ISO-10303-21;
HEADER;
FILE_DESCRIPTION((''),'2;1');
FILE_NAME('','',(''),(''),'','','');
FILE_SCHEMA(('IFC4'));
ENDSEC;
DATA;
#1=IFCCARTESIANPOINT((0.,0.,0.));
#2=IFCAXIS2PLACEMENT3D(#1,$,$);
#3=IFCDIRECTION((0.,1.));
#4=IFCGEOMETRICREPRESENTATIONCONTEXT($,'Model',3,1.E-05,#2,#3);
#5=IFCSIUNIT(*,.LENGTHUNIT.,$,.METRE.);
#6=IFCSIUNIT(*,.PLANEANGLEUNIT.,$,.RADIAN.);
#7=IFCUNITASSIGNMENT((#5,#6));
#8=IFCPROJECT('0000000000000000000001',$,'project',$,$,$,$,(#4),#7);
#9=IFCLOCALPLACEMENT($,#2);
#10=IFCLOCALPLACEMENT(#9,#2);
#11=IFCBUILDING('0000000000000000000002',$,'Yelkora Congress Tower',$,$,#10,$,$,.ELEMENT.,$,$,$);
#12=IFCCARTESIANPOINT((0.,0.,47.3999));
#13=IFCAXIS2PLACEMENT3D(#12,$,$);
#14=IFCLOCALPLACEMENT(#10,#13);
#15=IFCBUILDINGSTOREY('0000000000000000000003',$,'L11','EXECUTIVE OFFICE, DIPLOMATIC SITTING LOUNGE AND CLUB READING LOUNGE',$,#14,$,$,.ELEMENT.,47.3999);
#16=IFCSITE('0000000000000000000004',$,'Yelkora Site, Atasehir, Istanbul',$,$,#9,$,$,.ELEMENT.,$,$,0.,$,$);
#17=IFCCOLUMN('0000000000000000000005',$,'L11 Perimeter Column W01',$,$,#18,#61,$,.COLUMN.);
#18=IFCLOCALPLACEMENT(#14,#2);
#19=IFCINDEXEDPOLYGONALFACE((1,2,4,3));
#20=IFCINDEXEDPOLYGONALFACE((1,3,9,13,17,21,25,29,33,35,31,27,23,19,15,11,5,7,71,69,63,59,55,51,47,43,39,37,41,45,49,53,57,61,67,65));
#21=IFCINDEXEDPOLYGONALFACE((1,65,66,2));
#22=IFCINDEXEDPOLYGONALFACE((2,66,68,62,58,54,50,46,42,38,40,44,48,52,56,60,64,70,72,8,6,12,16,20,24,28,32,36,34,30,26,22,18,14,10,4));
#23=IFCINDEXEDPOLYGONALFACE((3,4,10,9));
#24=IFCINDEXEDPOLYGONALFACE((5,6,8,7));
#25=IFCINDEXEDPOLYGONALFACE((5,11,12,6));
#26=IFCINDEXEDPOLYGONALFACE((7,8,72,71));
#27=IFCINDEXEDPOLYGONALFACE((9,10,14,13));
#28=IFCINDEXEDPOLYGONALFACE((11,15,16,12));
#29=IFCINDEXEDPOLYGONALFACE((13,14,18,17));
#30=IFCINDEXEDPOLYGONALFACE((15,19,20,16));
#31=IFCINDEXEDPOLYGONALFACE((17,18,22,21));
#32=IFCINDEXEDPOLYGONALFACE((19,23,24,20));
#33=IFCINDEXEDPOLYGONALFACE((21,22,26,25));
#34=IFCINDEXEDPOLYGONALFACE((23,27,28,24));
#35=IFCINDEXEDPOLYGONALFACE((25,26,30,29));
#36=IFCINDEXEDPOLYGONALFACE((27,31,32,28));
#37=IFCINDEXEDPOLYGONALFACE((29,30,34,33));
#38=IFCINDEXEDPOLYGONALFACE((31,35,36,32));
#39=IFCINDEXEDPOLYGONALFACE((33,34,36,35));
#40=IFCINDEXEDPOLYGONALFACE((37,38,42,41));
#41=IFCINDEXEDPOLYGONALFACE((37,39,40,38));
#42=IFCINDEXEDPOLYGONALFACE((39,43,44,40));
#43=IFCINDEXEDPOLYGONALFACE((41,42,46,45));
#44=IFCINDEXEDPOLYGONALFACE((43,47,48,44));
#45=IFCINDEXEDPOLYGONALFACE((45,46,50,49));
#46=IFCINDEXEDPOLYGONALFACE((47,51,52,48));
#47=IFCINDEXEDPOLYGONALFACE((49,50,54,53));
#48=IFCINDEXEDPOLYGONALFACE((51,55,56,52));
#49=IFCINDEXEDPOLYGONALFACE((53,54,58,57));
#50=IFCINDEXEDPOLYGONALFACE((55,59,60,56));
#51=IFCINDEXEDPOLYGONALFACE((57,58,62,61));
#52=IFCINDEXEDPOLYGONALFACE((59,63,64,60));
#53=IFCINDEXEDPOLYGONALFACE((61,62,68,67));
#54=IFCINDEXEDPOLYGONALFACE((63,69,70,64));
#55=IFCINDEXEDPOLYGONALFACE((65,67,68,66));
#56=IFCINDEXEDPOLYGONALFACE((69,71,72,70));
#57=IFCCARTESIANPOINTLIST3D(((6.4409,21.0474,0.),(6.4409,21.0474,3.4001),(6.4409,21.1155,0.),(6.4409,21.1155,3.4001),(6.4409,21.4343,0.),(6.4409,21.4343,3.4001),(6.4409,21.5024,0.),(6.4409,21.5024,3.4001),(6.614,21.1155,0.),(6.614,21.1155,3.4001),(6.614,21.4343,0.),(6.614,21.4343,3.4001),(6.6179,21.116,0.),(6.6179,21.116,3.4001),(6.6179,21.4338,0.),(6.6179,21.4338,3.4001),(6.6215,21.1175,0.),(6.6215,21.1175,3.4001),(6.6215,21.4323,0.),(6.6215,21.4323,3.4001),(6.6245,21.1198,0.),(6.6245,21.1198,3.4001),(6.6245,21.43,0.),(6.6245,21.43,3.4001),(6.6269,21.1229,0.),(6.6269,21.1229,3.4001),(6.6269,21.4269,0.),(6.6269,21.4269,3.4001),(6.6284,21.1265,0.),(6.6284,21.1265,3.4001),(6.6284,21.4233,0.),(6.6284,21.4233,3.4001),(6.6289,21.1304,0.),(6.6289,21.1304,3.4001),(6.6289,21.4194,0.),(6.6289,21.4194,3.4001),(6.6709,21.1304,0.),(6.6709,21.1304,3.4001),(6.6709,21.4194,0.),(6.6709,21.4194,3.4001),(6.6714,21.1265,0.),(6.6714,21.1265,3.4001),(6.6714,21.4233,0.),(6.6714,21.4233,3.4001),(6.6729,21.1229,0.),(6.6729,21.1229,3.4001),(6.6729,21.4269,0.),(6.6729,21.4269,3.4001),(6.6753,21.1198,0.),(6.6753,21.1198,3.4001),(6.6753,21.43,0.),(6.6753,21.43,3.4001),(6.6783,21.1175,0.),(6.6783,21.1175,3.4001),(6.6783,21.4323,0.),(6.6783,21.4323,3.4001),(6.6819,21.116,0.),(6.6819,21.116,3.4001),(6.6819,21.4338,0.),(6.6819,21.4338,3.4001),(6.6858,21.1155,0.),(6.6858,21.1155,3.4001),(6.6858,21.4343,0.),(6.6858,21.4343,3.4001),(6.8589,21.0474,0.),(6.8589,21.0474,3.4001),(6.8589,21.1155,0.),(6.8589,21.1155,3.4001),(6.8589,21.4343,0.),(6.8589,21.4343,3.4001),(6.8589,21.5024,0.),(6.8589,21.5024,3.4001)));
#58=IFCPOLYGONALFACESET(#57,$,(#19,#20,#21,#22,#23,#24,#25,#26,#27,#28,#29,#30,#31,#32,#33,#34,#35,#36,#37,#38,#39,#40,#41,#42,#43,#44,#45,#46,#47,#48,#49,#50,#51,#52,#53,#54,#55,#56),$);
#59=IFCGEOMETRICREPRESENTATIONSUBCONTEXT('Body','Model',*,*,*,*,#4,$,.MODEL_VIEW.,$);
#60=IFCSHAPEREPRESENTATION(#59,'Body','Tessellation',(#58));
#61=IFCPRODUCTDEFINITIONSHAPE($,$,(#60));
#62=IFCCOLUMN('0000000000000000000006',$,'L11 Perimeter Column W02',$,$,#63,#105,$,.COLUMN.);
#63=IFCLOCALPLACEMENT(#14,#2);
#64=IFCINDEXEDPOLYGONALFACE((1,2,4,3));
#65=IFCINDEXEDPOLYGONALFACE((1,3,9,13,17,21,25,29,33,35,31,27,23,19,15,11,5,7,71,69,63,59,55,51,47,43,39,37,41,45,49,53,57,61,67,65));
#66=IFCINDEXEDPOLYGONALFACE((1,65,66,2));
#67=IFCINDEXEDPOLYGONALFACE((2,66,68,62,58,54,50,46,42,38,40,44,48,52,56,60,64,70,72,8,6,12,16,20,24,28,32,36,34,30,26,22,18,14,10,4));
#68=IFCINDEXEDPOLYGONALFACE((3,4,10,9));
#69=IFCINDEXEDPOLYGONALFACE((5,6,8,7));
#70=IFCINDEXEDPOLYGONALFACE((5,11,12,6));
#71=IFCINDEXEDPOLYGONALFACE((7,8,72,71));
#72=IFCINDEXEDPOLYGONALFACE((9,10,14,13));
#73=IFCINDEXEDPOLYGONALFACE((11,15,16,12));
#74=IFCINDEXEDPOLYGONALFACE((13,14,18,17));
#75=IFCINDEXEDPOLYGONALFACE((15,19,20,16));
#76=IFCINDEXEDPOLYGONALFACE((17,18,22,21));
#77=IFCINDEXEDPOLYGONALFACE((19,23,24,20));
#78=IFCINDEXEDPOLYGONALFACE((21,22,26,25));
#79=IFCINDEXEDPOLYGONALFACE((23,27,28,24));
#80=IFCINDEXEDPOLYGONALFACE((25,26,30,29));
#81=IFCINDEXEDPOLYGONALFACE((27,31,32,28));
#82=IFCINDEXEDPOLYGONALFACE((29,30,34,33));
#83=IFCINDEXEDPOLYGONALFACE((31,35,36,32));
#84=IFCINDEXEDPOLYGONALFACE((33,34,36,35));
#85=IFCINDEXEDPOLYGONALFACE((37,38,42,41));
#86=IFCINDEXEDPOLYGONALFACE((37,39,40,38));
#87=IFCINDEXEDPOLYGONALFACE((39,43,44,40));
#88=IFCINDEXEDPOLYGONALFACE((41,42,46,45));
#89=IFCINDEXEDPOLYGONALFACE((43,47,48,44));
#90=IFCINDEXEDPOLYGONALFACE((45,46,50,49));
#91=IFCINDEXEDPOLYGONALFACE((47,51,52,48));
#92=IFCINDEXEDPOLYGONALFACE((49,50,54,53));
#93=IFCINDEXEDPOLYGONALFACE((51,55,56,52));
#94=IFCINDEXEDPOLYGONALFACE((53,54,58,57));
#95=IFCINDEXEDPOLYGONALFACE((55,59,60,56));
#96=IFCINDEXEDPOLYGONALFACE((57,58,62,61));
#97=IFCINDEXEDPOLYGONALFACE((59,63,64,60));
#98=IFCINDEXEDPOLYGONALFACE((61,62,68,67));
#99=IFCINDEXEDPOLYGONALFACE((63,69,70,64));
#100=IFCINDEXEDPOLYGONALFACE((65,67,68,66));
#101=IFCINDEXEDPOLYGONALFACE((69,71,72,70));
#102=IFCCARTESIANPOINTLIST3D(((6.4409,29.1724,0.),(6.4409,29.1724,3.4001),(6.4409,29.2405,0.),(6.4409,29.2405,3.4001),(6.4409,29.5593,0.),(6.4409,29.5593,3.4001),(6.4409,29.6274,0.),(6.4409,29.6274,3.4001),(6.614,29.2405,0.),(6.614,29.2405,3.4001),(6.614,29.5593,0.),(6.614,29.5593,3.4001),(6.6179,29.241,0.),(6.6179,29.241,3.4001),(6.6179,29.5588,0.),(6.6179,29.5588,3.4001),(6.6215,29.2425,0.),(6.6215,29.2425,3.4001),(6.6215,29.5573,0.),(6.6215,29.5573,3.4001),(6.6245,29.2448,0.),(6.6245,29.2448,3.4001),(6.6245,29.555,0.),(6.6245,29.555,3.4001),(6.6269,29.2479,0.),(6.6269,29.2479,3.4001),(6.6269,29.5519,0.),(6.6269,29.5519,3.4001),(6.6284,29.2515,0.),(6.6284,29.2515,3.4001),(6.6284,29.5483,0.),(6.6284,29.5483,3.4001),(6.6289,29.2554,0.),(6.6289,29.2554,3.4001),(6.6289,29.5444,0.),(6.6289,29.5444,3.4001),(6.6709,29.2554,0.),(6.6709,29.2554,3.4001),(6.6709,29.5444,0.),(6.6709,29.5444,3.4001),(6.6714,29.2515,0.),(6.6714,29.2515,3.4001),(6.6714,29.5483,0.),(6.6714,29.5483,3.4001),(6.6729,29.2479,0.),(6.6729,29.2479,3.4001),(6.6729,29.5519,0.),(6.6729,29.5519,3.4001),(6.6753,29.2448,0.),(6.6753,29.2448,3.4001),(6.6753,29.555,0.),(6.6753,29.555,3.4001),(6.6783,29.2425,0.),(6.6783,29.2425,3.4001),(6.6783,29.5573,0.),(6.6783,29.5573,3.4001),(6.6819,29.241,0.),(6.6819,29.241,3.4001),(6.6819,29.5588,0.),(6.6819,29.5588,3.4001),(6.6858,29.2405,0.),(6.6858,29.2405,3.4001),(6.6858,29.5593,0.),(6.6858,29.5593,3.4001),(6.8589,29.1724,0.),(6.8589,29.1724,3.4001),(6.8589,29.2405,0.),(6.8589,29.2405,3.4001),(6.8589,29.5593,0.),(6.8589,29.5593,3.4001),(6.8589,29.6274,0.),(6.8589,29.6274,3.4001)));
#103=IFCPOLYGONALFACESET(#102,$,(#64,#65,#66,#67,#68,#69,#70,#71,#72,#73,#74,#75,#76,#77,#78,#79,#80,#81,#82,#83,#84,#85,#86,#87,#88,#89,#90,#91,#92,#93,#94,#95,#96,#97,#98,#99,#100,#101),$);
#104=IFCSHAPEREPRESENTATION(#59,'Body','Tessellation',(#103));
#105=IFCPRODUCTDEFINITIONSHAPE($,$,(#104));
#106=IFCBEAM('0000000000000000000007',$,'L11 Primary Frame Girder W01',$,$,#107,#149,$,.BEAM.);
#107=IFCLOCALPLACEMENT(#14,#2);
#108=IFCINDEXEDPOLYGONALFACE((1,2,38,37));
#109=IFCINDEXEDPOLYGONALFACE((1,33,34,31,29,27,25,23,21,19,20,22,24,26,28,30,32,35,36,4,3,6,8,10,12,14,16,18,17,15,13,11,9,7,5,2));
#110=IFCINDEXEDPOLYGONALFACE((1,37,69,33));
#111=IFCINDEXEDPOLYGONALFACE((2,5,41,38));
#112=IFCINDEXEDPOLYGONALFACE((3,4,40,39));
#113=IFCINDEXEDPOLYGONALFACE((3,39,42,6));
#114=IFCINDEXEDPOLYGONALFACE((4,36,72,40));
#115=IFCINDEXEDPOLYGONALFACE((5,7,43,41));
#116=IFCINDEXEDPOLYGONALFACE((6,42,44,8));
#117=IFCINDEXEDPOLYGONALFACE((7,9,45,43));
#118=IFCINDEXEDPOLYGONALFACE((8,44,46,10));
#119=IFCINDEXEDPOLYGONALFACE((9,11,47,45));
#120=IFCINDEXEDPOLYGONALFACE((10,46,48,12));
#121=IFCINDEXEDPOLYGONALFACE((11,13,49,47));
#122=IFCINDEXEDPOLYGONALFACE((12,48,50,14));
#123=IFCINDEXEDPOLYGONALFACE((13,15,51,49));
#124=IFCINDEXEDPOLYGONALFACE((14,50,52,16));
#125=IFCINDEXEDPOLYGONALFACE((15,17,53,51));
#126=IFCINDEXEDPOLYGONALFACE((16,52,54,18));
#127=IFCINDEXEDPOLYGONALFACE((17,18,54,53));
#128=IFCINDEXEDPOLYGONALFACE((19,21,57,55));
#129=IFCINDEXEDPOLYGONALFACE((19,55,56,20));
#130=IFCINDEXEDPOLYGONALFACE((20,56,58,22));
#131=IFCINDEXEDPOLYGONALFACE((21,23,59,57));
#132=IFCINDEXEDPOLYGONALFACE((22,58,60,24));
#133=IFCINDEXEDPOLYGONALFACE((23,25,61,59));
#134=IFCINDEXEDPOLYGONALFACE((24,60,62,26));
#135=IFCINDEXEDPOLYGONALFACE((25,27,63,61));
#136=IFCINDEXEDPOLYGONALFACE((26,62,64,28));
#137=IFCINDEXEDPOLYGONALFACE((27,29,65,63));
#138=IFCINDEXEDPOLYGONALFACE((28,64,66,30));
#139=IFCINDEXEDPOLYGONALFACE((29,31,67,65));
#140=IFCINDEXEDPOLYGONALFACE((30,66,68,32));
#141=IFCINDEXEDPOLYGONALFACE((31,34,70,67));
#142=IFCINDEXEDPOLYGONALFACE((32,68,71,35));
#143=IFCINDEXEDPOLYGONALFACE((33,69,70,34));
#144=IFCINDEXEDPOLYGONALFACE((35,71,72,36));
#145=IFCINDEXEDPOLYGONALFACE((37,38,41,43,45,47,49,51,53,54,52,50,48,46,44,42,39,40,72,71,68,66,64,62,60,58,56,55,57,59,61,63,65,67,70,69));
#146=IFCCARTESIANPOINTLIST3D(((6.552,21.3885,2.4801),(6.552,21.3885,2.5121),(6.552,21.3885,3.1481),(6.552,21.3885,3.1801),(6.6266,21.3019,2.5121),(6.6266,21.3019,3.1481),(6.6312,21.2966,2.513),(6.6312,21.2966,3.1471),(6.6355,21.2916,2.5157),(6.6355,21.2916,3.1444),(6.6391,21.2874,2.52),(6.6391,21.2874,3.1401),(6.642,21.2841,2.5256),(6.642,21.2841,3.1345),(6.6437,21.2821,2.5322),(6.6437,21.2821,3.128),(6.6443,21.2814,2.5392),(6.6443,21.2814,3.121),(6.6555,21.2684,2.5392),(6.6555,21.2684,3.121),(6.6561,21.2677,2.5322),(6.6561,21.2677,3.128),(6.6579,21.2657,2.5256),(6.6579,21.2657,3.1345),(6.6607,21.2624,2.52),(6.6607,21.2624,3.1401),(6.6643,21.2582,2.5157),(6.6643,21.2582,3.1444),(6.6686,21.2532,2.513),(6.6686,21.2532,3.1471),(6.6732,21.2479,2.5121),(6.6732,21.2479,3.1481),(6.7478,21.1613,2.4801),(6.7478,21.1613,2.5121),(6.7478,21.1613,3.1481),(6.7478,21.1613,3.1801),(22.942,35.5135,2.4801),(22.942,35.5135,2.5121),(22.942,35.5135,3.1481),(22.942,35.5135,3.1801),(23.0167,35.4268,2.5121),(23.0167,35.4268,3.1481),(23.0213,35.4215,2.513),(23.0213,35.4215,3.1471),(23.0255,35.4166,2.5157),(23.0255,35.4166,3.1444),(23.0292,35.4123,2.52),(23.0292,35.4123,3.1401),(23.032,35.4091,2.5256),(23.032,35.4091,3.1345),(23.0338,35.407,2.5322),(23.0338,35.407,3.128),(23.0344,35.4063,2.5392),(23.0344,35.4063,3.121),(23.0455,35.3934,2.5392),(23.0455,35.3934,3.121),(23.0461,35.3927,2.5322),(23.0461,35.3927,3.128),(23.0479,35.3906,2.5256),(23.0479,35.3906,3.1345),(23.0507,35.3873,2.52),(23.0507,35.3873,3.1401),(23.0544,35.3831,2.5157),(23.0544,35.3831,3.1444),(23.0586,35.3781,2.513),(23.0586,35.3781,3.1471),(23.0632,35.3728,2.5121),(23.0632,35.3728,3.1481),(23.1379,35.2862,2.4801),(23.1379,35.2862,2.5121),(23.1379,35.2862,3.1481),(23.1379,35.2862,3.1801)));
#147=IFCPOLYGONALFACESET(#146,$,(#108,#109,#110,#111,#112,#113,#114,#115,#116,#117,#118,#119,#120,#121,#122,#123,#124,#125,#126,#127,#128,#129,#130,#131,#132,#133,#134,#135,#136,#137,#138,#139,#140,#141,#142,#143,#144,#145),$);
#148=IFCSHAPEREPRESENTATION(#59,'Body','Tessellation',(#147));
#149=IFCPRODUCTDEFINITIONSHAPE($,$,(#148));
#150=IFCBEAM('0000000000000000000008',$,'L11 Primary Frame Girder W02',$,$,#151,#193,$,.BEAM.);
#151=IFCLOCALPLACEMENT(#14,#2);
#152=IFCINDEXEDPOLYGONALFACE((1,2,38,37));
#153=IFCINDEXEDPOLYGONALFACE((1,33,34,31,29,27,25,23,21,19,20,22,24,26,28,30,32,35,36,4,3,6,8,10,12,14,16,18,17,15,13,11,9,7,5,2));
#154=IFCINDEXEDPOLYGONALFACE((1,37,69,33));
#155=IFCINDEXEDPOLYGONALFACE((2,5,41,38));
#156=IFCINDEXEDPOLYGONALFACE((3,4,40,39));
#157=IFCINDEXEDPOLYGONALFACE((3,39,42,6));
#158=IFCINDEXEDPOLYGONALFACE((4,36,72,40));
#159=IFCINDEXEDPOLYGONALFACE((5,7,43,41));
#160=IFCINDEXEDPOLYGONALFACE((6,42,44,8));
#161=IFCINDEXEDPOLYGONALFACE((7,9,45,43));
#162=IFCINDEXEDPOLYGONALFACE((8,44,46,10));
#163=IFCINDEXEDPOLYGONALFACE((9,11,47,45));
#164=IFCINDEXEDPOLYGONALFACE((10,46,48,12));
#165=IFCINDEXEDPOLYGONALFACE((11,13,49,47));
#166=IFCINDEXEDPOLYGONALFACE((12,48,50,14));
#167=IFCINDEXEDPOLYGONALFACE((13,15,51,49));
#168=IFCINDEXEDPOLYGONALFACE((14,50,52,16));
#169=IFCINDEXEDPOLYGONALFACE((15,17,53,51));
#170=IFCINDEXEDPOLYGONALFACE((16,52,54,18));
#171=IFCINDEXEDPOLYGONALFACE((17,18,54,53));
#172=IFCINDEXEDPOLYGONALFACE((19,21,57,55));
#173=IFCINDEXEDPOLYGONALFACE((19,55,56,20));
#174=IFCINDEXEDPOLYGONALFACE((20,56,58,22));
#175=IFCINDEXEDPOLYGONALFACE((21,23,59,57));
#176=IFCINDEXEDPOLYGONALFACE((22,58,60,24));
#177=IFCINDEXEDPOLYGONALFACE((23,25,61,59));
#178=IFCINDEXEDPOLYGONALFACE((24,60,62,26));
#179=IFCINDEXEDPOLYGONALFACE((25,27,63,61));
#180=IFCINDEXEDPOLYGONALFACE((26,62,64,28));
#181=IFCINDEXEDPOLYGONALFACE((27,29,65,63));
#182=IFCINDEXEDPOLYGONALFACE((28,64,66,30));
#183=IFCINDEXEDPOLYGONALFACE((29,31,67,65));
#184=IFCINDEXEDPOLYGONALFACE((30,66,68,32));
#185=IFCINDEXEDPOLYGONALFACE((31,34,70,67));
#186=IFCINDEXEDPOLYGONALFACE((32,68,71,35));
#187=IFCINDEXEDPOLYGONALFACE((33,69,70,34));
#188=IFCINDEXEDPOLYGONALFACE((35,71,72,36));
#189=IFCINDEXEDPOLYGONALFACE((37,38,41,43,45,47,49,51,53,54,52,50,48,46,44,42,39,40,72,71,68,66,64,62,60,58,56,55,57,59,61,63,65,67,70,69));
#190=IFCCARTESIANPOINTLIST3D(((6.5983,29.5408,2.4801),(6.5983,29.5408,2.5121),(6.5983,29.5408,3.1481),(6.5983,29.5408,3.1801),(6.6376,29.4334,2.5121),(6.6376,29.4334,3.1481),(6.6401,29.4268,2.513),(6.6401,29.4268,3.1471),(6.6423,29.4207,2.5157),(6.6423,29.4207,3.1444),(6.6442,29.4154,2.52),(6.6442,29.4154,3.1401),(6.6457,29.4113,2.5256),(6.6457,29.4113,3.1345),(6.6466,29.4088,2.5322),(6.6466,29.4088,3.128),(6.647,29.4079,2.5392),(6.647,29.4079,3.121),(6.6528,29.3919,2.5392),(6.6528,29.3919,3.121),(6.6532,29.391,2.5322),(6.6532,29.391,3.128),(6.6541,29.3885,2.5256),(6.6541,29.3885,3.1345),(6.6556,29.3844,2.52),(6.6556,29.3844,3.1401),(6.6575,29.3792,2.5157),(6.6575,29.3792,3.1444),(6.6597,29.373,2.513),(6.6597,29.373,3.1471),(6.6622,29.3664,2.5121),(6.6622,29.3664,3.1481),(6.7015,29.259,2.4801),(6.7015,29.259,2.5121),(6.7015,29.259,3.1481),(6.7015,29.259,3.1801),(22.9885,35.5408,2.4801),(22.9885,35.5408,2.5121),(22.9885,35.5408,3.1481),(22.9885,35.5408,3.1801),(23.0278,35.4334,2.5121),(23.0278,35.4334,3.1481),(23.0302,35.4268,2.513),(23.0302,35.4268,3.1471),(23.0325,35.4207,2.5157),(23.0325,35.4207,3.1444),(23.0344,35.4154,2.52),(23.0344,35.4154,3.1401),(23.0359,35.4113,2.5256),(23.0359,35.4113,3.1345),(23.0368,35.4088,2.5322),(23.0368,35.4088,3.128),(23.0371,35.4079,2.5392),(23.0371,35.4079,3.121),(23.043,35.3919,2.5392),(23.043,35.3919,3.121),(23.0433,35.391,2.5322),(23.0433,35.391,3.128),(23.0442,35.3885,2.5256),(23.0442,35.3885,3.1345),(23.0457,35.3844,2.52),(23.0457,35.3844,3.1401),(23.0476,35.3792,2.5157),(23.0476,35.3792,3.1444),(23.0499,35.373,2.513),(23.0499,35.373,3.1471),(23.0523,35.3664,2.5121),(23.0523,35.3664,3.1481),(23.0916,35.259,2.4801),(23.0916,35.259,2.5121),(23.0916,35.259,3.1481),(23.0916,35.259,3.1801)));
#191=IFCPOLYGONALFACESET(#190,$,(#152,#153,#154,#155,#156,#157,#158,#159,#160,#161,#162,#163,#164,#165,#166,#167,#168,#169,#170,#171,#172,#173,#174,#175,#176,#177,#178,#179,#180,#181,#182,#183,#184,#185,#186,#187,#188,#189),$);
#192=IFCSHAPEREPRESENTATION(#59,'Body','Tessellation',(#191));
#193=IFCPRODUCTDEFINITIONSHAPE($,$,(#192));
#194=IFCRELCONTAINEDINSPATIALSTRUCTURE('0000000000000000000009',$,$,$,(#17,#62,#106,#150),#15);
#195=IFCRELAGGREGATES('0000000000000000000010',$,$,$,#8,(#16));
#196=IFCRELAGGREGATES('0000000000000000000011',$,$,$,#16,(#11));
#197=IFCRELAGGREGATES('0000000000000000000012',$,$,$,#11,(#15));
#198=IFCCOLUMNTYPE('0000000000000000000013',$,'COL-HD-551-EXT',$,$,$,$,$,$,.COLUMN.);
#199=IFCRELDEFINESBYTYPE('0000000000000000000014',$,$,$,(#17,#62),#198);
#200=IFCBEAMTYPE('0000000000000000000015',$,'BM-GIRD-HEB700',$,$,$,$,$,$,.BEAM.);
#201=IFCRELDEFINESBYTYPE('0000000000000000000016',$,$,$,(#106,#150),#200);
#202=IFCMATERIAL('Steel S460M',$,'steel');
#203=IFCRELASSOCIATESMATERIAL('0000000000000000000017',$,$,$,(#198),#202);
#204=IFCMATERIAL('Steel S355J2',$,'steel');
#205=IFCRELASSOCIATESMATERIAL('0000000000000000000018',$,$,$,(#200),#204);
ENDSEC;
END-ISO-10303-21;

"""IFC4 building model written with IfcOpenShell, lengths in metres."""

from ifc_helpers import new_model, si_unit, direction, frame, origin, origin_2d, place, context, subcontext, project, spatial, i_section, extrude, material, material_profile, profile_set, type_object, element, save


model = new_model("IFC4")

# Units and contexts
model_context = context("Model", 3, precision=1e-05, world=origin(), true_north=direction((0.0, 1.0)))
body_context = subcontext(model_context, "Body", "Model", "MODEL_VIEW")
ifc_project = project(units=[si_unit("LENGTHUNIT", "METRE"), si_unit("PLANEANGLEUNIT", "RADIAN")], contexts=[model_context])

# Site, building, storey
site_placement = place(None, origin())
site = spatial("IfcSite", under=ifc_project, at=site_placement, Name="Yelkora Site, Atasehir, Istanbul", CompositionType="ELEMENT", RefElevation=0.0)
building_placement = place(site_placement, origin())
building = spatial("IfcBuilding", under=site, at=building_placement, Name="Yelkora Congress Tower", CompositionType="ELEMENT")
storey_placement = place(building_placement, frame((0.0, 0.0, 47.3999)))
storey = spatial("IfcBuildingStorey", under=building, at=storey_placement, Name="L11", Description="EXECUTIVE OFFICE, DIPLOMATIC SITTING LOUNGE AND CLUB READING LOUNGE", CompositionType="ELEMENT", Elevation=47.3999)

# Columns
ifc_material_1 = material(Name="Steel S460M", Category="steel")
ifc_material_profile_1 = material_profile(ifc_material_1, i_section(OverallWidth=0.418, OverallDepth=0.4551, WebThickness=0.042, FlangeThickness=0.0681, FilletRadius=0.0149, at=origin_2d()), Name="HD 400x551")
ifc_profile_set_1 = profile_set([ifc_material_profile_1], Name="Steel S460M")
column_type = type_object("IfcColumnType", Name="COL-HD-551-EXT", PredefinedType="COLUMN", material=ifc_profile_set_1)
for number, where, z_axis, x_axis, name in (
    (1, (6.6499, 21.2749, 0.0), (0.0, 0.0, 1.0), (1.0, 0.0, 0.0), "L11 Perimeter Column W01"),
    (2, (6.6499, 29.3999, 0.0), (0.0, 0.0, 1.0), (1.0, 0.0, 0.0), "L11 Perimeter Column W02"),
):
    element("IfcColumn", number, at=place(storey_placement, frame(where, z_axis=z_axis, x_axis=x_axis)), inside=storey, type_object=column_type, Name=name, PredefinedType="COLUMN", context=body_context, shape_type="SweptSolid", body=[
        extrude(i_section(OverallWidth=0.418, OverallDepth=0.4551, WebThickness=0.042, FlangeThickness=0.0681, FilletRadius=0.0149, at=origin_2d()), origin(), (0.0, 0.0, 1.0), 3.4001),
    ])

# Beams
ifc_material_2 = material(Name="Steel S355J2", Category="steel")
ifc_material_profile_2 = material_profile(ifc_material_2, i_section(OverallWidth=0.3, OverallDepth=0.7, WebThickness=0.0171, FlangeThickness=0.032, FilletRadius=0.0271, at=origin_2d()), Name="HEB 700")
ifc_profile_set_2 = profile_set([ifc_material_profile_2], Name="Steel S355J2")
beam_type_1 = type_object("IfcBeamType", Name="BM-GIRD-HEB700", PredefinedType="BEAM", material=ifc_profile_set_2)
beam_1_placement = place(storey_placement, frame((6.6499, 21.2749, 2.8301), z_axis=(0.757511, 0.652822, 0.0), x_axis=(-0.652822, 0.757511, 0.0)))
element("IfcBeam", 3, at=beam_1_placement, inside=storey, type_object=beam_type_1, Name="L11 Primary Frame Girder W01", PredefinedType="BEAM", context=body_context, shape_type="SweptSolid", body=[
    extrude(i_section(OverallWidth=0.3, OverallDepth=0.7, WebThickness=0.0171, FlangeThickness=0.032, FilletRadius=0.0271, at=origin_2d()), origin(), (0.0, 0.0, 1.0), 21.6367),
])
beam_2_placement = place(storey_placement, frame((6.6499, 29.3999, 2.8301), z_axis=(0.939056, 0.343764, 0.0), x_axis=(-0.343764, 0.939056, 0.0)))
element("IfcBeam", 4, at=beam_2_placement, inside=storey, type_object=beam_type_1, Name="L11 Primary Frame Girder W02", PredefinedType="BEAM", context=body_context, shape_type="SweptSolid", body=[
    extrude(i_section(OverallWidth=0.3, OverallDepth=0.7, WebThickness=0.0171, FlangeThickness=0.032, FilletRadius=0.0271, at=origin_2d()), origin(), (0.0, 0.0, 1.0), 17.4539),
])

save(model, "model.ifc")
